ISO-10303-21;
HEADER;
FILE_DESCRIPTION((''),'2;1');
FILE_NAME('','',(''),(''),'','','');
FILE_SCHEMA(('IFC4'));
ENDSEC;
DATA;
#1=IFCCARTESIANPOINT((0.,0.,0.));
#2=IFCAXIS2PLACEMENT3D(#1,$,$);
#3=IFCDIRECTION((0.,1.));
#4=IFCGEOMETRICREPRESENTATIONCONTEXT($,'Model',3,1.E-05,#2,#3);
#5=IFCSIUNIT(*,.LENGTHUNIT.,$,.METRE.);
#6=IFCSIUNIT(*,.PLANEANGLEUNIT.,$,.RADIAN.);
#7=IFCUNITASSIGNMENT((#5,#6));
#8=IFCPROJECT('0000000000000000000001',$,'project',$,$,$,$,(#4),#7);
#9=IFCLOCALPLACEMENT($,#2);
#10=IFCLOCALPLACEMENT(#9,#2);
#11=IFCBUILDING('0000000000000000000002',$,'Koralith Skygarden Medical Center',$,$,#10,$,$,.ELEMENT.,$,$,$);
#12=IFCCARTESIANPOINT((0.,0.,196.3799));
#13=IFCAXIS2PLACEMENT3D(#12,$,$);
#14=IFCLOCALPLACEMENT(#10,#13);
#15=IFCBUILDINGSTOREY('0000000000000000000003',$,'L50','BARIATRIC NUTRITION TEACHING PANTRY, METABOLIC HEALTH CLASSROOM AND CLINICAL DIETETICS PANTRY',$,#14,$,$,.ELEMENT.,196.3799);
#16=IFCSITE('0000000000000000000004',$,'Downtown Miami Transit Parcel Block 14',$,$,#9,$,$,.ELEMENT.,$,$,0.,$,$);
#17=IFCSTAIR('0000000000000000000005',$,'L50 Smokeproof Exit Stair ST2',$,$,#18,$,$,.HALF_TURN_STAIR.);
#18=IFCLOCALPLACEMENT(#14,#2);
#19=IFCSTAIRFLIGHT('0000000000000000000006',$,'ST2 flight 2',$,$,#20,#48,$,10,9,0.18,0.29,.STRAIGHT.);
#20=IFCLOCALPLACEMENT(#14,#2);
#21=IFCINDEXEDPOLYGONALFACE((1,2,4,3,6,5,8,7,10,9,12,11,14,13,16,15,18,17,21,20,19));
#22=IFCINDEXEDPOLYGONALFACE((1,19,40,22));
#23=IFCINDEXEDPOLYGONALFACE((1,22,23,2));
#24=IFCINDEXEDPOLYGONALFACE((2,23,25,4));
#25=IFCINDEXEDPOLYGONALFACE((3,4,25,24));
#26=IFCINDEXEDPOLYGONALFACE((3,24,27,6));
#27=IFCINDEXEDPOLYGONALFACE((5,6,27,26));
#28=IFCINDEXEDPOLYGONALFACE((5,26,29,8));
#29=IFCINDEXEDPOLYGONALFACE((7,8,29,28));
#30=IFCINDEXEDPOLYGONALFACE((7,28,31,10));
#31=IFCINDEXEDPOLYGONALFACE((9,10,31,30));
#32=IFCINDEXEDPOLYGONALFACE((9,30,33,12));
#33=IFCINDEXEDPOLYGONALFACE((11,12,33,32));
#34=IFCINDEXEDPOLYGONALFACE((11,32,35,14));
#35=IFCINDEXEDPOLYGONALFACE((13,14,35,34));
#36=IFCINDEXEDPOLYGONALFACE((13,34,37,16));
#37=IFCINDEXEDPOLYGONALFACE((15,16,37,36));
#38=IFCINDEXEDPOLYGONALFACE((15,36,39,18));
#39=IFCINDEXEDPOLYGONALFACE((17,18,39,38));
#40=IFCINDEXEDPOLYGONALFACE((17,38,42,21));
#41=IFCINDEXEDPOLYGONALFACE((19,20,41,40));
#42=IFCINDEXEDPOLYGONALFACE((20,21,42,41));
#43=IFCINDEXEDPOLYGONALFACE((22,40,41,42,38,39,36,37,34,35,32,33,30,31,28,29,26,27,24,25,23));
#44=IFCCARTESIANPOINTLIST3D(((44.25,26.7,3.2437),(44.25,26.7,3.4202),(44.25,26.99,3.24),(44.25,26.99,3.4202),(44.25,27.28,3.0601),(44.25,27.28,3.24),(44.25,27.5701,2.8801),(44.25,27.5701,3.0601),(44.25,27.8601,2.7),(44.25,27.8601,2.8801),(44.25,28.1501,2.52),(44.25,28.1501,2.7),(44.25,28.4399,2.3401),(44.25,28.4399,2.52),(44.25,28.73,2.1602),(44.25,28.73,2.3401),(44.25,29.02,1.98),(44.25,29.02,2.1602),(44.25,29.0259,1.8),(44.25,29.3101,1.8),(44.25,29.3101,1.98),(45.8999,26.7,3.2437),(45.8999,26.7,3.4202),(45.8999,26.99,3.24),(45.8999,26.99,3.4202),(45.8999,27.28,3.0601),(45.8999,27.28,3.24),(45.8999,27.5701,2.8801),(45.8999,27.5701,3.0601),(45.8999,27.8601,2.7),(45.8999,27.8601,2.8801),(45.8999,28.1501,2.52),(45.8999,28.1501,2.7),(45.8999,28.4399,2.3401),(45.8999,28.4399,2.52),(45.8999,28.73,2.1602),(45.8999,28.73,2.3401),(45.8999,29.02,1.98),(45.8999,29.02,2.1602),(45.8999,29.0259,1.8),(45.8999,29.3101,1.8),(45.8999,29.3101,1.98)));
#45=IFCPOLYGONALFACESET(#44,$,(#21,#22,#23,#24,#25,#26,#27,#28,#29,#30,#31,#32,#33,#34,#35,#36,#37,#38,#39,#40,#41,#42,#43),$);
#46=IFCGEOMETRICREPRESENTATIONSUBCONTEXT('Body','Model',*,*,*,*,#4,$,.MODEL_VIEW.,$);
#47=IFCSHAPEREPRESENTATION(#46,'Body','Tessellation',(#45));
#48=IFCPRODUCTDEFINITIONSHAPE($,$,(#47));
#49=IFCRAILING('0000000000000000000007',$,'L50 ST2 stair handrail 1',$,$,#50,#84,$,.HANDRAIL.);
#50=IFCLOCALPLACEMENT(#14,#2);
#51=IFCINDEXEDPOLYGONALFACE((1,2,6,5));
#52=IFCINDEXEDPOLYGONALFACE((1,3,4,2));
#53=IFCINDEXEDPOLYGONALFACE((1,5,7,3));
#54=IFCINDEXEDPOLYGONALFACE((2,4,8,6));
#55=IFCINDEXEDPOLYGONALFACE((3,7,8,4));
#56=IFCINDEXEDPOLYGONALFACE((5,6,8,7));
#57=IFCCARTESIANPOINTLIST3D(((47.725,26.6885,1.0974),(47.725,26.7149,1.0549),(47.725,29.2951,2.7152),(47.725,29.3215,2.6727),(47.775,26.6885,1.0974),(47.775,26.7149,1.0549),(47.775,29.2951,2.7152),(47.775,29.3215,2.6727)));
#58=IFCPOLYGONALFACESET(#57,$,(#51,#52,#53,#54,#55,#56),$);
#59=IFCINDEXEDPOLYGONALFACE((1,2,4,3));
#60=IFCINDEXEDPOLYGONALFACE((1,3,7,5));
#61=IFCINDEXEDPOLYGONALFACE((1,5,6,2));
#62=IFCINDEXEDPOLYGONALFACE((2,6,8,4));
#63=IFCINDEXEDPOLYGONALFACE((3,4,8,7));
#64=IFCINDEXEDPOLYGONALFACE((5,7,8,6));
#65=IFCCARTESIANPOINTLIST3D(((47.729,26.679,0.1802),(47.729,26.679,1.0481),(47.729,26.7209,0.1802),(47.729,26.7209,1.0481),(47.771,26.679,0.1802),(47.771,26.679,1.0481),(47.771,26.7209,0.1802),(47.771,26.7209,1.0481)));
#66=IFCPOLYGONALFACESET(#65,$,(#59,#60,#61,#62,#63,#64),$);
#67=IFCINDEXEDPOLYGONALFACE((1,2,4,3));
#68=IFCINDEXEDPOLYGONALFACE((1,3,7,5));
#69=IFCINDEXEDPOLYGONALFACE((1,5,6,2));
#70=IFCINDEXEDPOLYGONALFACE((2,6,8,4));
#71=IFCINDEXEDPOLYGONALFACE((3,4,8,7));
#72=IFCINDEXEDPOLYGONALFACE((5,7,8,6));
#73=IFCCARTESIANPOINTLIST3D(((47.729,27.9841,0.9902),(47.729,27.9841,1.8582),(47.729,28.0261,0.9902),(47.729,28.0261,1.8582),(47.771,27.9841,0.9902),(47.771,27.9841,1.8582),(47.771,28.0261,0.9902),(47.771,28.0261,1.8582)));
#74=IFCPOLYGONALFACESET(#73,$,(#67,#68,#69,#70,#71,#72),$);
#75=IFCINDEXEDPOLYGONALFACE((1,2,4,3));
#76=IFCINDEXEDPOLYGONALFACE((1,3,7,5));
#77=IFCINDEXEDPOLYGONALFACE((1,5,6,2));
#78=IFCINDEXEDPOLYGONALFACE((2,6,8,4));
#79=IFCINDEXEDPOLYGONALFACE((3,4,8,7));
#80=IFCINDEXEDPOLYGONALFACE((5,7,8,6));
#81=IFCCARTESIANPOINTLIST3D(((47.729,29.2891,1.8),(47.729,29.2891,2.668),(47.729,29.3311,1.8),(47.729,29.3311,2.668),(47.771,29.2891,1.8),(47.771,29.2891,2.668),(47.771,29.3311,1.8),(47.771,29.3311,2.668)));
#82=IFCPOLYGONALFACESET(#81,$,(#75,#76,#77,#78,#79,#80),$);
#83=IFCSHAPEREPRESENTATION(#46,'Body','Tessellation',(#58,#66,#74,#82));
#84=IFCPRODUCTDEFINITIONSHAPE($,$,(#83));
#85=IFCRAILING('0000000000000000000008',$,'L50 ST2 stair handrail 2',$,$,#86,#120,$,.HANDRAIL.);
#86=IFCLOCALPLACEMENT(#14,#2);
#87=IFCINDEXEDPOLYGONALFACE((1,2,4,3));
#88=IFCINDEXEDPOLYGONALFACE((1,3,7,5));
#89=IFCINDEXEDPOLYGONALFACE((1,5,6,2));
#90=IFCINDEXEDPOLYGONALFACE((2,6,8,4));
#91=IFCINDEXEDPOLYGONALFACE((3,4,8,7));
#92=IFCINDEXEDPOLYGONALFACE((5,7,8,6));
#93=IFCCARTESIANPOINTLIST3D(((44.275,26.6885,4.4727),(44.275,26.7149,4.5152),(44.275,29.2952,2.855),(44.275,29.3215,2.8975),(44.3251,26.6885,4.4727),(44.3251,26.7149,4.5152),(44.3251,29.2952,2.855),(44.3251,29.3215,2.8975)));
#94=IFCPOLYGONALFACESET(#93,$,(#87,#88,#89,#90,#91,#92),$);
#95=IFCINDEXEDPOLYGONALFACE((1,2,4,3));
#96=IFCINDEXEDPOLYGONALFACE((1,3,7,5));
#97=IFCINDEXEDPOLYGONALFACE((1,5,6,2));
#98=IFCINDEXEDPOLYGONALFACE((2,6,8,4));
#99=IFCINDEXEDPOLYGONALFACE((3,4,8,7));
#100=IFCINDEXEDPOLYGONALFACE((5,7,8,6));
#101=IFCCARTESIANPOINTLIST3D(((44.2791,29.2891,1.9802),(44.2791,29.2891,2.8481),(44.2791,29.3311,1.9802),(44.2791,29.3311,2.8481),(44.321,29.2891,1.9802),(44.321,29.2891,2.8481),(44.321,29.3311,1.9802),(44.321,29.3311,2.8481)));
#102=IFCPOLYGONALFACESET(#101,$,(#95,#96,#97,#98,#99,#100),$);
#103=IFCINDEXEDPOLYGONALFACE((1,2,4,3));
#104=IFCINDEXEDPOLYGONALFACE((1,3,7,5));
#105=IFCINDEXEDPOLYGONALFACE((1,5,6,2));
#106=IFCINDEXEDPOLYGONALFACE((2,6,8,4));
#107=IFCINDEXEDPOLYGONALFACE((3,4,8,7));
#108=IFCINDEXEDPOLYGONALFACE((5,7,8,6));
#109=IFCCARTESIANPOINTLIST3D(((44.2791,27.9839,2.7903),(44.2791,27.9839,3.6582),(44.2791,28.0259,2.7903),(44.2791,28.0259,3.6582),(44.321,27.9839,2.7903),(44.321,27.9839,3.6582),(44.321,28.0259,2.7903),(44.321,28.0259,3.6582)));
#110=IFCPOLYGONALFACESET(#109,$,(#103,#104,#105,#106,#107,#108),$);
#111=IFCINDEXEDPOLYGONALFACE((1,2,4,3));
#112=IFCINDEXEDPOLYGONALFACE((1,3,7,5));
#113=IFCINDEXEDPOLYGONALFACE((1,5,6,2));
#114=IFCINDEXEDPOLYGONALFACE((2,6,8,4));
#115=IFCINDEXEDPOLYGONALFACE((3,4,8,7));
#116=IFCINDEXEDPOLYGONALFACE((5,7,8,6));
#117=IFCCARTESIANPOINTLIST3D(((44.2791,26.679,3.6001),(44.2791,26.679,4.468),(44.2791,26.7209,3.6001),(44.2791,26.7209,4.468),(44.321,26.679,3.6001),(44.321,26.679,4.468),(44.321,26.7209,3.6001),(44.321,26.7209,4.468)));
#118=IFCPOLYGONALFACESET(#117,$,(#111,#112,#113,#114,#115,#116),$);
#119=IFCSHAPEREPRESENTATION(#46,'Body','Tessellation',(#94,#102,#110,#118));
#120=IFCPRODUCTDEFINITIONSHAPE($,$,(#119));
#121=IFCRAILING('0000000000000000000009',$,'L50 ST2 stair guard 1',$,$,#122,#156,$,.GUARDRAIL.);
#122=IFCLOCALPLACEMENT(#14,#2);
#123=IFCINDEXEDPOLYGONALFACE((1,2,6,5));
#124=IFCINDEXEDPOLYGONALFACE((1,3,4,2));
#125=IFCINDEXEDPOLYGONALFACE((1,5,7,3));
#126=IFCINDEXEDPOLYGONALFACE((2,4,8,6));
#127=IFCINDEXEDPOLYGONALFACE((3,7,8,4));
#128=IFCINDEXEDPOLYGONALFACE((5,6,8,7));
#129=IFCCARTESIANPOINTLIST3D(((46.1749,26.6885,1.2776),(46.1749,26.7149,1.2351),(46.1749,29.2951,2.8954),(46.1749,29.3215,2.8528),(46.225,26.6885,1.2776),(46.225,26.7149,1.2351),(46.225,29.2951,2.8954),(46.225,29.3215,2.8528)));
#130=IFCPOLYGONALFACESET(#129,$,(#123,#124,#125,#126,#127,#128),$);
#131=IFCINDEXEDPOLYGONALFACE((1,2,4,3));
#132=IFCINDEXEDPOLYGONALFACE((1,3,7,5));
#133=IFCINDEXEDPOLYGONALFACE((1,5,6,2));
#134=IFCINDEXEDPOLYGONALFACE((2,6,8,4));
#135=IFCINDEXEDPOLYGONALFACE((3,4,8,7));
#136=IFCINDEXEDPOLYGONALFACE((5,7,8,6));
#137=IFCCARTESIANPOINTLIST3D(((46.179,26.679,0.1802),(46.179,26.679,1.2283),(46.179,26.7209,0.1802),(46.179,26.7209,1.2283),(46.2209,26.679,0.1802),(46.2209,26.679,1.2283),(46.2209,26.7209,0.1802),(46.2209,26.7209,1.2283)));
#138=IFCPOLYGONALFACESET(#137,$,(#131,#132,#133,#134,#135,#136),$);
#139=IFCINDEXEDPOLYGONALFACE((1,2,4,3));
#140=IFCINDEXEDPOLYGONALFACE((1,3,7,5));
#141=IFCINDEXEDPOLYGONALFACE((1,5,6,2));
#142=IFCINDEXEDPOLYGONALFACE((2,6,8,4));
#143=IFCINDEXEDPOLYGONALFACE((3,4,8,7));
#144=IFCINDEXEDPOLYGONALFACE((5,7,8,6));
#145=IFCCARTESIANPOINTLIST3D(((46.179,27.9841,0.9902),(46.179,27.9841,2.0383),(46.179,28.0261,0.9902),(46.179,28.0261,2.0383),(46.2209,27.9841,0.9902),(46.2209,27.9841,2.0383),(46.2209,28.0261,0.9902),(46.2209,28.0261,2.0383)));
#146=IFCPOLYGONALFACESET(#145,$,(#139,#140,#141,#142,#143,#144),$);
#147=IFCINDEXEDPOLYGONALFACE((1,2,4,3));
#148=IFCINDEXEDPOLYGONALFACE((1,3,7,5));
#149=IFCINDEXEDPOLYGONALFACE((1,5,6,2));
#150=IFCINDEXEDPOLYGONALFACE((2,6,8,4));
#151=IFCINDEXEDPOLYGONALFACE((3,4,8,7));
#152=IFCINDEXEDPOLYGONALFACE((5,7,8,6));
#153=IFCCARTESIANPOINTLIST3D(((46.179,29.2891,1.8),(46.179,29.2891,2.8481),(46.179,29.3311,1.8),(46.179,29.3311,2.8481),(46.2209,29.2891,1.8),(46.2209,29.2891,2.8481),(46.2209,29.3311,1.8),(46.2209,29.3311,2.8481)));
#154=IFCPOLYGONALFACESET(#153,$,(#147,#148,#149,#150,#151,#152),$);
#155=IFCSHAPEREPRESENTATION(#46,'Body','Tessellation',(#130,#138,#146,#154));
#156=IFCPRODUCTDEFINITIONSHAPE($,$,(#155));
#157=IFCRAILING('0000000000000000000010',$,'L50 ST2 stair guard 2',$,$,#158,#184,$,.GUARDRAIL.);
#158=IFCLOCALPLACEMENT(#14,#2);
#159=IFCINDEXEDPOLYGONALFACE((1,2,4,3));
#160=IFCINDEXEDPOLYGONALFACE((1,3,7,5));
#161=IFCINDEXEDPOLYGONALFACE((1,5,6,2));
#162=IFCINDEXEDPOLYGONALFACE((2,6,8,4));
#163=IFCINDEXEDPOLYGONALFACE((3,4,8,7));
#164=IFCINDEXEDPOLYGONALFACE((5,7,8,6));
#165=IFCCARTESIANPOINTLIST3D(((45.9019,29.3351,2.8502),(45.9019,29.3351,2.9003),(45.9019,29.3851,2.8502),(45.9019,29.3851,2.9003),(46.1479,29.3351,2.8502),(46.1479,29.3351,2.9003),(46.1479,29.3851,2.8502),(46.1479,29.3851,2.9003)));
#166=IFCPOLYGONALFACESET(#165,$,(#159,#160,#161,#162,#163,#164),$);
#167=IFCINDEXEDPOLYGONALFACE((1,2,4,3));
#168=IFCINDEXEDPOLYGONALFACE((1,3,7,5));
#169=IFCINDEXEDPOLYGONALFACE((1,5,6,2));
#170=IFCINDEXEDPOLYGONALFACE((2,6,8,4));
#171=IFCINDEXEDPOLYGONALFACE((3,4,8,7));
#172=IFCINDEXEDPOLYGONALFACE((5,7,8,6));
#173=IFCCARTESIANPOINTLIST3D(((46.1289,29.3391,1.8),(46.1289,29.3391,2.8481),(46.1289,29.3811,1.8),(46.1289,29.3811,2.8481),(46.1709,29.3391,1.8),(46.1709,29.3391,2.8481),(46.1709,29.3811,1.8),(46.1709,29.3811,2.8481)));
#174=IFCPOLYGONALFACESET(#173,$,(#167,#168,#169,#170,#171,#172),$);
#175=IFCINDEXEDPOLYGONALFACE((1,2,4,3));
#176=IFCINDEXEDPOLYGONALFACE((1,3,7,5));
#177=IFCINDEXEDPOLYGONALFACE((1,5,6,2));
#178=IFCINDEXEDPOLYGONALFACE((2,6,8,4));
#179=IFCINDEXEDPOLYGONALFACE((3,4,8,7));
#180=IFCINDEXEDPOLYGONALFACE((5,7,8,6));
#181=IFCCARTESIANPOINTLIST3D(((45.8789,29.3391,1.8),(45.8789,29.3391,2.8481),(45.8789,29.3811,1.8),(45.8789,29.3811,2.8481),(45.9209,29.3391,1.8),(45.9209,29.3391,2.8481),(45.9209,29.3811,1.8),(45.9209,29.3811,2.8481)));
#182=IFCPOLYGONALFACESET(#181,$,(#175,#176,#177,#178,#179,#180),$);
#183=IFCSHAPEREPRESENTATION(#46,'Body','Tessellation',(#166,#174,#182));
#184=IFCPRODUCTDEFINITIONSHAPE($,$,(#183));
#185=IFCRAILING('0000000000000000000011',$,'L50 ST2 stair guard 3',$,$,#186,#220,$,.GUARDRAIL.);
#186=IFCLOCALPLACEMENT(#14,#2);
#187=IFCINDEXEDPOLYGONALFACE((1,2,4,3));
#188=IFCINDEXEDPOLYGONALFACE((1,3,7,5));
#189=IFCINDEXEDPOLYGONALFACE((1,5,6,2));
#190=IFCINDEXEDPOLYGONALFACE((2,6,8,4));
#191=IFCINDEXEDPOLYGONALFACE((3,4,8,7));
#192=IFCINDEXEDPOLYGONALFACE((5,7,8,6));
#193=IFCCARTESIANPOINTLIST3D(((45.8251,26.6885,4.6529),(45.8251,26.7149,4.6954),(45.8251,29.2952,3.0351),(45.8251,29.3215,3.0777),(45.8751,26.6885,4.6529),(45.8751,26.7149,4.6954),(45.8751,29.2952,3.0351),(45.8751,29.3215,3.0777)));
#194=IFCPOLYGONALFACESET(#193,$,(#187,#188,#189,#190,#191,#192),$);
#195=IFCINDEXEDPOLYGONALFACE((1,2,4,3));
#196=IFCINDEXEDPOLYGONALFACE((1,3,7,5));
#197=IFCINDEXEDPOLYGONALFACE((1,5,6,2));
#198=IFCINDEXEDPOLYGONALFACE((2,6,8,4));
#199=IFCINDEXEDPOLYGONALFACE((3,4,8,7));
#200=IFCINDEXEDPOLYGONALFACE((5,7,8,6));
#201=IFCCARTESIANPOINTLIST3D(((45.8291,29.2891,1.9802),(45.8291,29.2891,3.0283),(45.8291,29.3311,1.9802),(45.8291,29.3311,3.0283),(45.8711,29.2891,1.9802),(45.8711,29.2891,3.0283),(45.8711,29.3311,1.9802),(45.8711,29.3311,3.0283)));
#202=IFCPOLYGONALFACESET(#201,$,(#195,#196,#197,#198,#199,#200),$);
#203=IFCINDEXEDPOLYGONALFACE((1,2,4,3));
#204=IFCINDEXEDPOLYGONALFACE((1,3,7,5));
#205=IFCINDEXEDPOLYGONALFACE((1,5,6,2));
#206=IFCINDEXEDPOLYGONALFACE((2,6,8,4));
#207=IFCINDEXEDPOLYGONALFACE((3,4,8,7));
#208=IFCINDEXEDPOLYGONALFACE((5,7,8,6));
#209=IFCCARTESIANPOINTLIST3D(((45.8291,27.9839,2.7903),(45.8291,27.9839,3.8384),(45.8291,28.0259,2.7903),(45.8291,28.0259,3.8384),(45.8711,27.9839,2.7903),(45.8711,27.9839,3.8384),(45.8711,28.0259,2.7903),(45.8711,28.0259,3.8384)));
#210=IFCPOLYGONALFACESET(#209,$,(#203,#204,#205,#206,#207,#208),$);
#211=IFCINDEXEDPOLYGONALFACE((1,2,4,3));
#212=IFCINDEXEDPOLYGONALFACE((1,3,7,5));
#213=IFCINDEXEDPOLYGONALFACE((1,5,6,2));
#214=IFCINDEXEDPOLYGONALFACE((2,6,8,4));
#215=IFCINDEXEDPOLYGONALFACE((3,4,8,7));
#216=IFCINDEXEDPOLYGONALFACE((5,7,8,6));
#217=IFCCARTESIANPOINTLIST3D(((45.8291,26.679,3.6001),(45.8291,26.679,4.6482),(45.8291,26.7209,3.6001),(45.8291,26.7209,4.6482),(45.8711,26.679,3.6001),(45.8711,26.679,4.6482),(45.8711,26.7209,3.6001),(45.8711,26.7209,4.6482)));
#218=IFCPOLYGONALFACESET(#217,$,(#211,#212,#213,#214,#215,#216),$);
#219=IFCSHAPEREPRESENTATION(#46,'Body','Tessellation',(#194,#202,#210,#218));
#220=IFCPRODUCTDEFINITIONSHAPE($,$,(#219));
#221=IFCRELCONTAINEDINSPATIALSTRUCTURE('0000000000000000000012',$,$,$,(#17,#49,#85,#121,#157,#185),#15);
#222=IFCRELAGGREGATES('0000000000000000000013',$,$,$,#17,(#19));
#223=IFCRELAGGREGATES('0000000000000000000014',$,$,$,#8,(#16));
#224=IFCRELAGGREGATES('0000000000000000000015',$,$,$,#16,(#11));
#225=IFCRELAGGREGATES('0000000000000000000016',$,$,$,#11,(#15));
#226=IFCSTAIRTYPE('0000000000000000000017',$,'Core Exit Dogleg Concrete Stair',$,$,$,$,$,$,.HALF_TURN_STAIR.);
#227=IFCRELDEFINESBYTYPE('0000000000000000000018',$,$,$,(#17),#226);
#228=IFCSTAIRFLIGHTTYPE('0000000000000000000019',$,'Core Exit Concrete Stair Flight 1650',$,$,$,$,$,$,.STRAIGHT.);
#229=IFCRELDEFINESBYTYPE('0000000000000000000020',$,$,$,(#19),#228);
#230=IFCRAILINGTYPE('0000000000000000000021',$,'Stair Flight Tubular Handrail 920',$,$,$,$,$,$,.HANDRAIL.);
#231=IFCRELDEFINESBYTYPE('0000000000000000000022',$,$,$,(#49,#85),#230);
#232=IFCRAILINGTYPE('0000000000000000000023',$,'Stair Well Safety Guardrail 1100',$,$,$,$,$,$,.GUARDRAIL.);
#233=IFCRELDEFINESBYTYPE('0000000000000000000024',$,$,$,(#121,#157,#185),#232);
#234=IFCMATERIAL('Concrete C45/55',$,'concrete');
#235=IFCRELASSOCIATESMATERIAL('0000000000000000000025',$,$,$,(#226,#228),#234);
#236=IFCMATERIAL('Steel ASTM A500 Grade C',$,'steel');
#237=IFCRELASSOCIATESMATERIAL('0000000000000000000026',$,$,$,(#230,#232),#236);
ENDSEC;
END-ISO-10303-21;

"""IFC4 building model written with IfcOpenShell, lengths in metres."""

from ifc_helpers import new_model, si_unit, direction, frame, origin, origin_2d, place, context, subcontext, project, spatial, polyline, rectangle, outline, extrude, material, type_object, element, aggregate, save


model = new_model("IFC4")

# Units and contexts
model_context = context("Model", 3, precision=1e-05, world=origin(), true_north=direction((0.0, 1.0)))
body_context = subcontext(model_context, "Body", "Model", "MODEL_VIEW")
ifc_project = project(units=[si_unit("LENGTHUNIT", "METRE"), si_unit("PLANEANGLEUNIT", "RADIAN")], contexts=[model_context])

# Site, building, storey
site_placement = place(None, origin())
site = spatial("IfcSite", under=ifc_project, at=site_placement, Name="Downtown Miami Transit Parcel Block 14", CompositionType="ELEMENT", RefElevation=0.0)
building_placement = place(site_placement, origin())
building = spatial("IfcBuilding", under=site, at=building_placement, Name="Koralith Skygarden Medical Center", CompositionType="ELEMENT")
storey_placement = place(building_placement, frame((0.0, 0.0, 196.3799)))
storey = spatial("IfcBuildingStorey", under=building, at=storey_placement, Name="L50", Description="BARIATRIC NUTRITION TEACHING PANTRY, METABOLIC HEALTH CLASSROOM AND CLINICAL DIETETICS PANTRY", CompositionType="ELEMENT", Elevation=196.3799)

# Shared definitions
ifc_material_1 = material(Name="Concrete C45/55", Category="concrete")

# Shared definitions
ifc_material_2 = material(Name="Steel ASTM A500 Grade C", Category="steel")

# Stair, stair flight
stair_type = type_object("IfcStairType", Name="Core Exit Dogleg Concrete Stair", PredefinedType="HALF_TURN_STAIR", material=ifc_material_1)
stair_placement = place(storey_placement, origin())
stair = element("IfcStair", 1, at=stair_placement, inside=storey, type_object=stair_type, Name="L50 Smokeproof Exit Stair ST2", PredefinedType="HALF_TURN_STAIR")
stair_flight_type = type_object("IfcStairFlightType", Name="Core Exit Concrete Stair Flight 1650", PredefinedType="STRAIGHT", material=ifc_material_1)
stair_flight_1_placement = place(storey_placement, frame((45.075, 29.3101, 1.8), z_axis=(0.0, 0.0, 1.0), x_axis=(0.0, -1.0, 0.0)))
stair_flight_1 = element("IfcStairFlight", 2, at=stair_flight_1_placement, type_object=stair_flight_type, Name="ST2 flight 2", NumberOfRisers=10, NumberOfTreads=9, PredefinedType="STRAIGHT", RiserHeight=0.18, TreadLength=0.29, context=body_context, shape_type="SweptSolid", body=[
    extrude(outline(polyline([(0.0, 0.0), (0.0, 0.1799), (0.29, 0.1799), (0.29, 0.3601), (0.5801, 0.3601), (0.5801, 0.54), (0.8701, 0.54), (0.8701, 0.72), (1.1599, 0.72), (1.1599, 0.8999), (1.45, 0.8999), (1.45, 1.0801), (1.74, 1.0801), (1.74, 1.26), (2.03, 1.26), (2.03, 1.4399), (2.3201, 1.4399), (2.3201, 1.6201), (2.6101, 1.6201), (2.6101, 1.8), (2.6101, 1.4436), (0.2842, 0.0), (0.0, 0.0)])), frame((0.0, 0.825, 0.0), z_axis=(0.0, -1.0, 0.0), x_axis=(1.0, 0.0, 0.0)), (0.0, 0.0, 1.0), 1.6499),
])
aggregate(stair, [stair_flight_1])

# Railings
railing_type_1 = type_object("IfcRailingType", Name="Stair Flight Tubular Handrail 920", PredefinedType="HANDRAIL", material=ifc_material_2)
railing_1_placement = place(storey_placement, frame((47.75, 26.7, 0.1802)))
element("IfcRailing", 3, at=railing_1_placement, inside=storey, type_object=railing_type_1, Name="L50 ST2 stair handrail 1", PredefinedType="HANDRAIL", context=body_context, shape_type="SweptSolid", body=[
    extrude(rectangle(XDim=0.05, YDim=0.05, at=origin_2d()), frame((0.0, 0.0017, 0.896), z_axis=(0.0, 0.849668, 0.527317), x_axis=(-1.0, 0.0, 0.0)), (0.0, 0.0, 1.0), 3.0679),
    extrude(rectangle(XDim=0.042, YDim=0.042, at=origin_2d()), origin(), (0.0, 0.0, 1.0), 0.8679),
    extrude(rectangle(XDim=0.042, YDim=0.042, at=origin_2d()), frame((0.0, 1.3052, 0.8101)), (0.0, 0.0, 1.0), 0.8679),
    extrude(rectangle(XDim=0.042, YDim=0.042, at=origin_2d()), frame((0.0, 2.6101, 1.6199)), (0.0, 0.0, 1.0), 0.8679),
])
railing_2_placement = place(storey_placement, frame((44.3, 29.3101, 1.9802)))
element("IfcRailing", 4, at=railing_2_placement, inside=storey, type_object=railing_type_1, Name="L50 ST2 stair handrail 2", PredefinedType="HANDRAIL", context=body_context, shape_type="SweptSolid", body=[
    extrude(rectangle(XDim=0.05, YDim=0.05, at=origin_2d()), frame((0.0, -0.0017, 0.896), z_axis=(0.0, -0.849668, 0.527317), x_axis=(1.0, 0.0, 0.0)), (0.0, 0.0, 1.0), 3.0679),
    extrude(rectangle(XDim=0.042, YDim=0.042, at=origin_2d()), origin(), (0.0, 0.0, 1.0), 0.8679),
    extrude(rectangle(XDim=0.042, YDim=0.042, at=origin_2d()), frame((0.0, -1.3052, 0.8101)), (0.0, 0.0, 1.0), 0.8679),
    extrude(rectangle(XDim=0.042, YDim=0.042, at=origin_2d()), frame((0.0, -2.6101, 1.6199)), (0.0, 0.0, 1.0), 0.8679),
])
railing_type_2 = type_object("IfcRailingType", Name="Stair Well Safety Guardrail 1100", PredefinedType="GUARDRAIL", material=ifc_material_2)
railing_3_placement = place(storey_placement, frame((46.2, 26.7, 0.1802)))
element("IfcRailing", 5, at=railing_3_placement, inside=storey, type_object=railing_type_2, Name="L50 ST2 stair guard 1", PredefinedType="GUARDRAIL", context=body_context, shape_type="SweptSolid", body=[
    extrude(rectangle(XDim=0.05, YDim=0.05, at=origin_2d()), frame((0.0, 0.0017, 1.0762), z_axis=(0.0, 0.849668, 0.527317), x_axis=(-1.0, 0.0, 0.0)), (0.0, 0.0, 1.0), 3.0679),
    extrude(rectangle(XDim=0.042, YDim=0.042, at=origin_2d()), origin(), (0.0, 0.0, 1.0), 1.0481),
    extrude(rectangle(XDim=0.042, YDim=0.042, at=origin_2d()), frame((0.0, 1.3052, 0.8101)), (0.0, 0.0, 1.0), 1.0481),
    extrude(rectangle(XDim=0.042, YDim=0.042, at=origin_2d()), frame((0.0, 2.6101, 1.6199)), (0.0, 0.0, 1.0), 1.0481),
])
railing_4_placement = place(storey_placement, frame((46.1499, 29.3601, 1.8)))
element("IfcRailing", 6, at=railing_4_placement, inside=storey, type_object=railing_type_2, Name="L50 ST2 stair guard 2", PredefinedType="GUARDRAIL", context=body_context, shape_type="SweptSolid", body=[
    extrude(rectangle(XDim=0.05, YDim=0.05, at=origin_2d()), frame((-0.002, 0.0, 1.0752), z_axis=(-1.0, 0.0, 0.0), x_axis=(0.0, -1.0, 0.0)), (0.0, 0.0, 1.0), 0.2461),
    extrude(rectangle(XDim=0.042, YDim=0.042, at=origin_2d()), origin(), (0.0, 0.0, 1.0), 1.0481),
    extrude(rectangle(XDim=0.042, YDim=0.042, at=origin_2d()), frame((-0.25, 0.0, 0.0)), (0.0, 0.0, 1.0), 1.0481),
])
railing_5_placement = place(storey_placement, frame((45.8501, 29.3101, 1.9802)))
element("IfcRailing", 7, at=railing_5_placement, inside=storey, type_object=railing_type_2, Name="L50 ST2 stair guard 3", PredefinedType="GUARDRAIL", context=body_context, shape_type="SweptSolid", body=[
    extrude(rectangle(XDim=0.05, YDim=0.05, at=origin_2d()), frame((0.0, -0.0017, 1.0762), z_axis=(0.0, -0.849668, 0.527317), x_axis=(1.0, 0.0, 0.0)), (0.0, 0.0, 1.0), 3.0679),
    extrude(rectangle(XDim=0.042, YDim=0.042, at=origin_2d()), origin(), (0.0, 0.0, 1.0), 1.0481),
    extrude(rectangle(XDim=0.042, YDim=0.042, at=origin_2d()), frame((0.0, -1.3052, 0.8101)), (0.0, 0.0, 1.0), 1.0481),
    extrude(rectangle(XDim=0.042, YDim=0.042, at=origin_2d()), frame((0.0, -2.6101, 1.6199)), (0.0, 0.0, 1.0), 1.0481),
])

save(model, "model.ifc")
